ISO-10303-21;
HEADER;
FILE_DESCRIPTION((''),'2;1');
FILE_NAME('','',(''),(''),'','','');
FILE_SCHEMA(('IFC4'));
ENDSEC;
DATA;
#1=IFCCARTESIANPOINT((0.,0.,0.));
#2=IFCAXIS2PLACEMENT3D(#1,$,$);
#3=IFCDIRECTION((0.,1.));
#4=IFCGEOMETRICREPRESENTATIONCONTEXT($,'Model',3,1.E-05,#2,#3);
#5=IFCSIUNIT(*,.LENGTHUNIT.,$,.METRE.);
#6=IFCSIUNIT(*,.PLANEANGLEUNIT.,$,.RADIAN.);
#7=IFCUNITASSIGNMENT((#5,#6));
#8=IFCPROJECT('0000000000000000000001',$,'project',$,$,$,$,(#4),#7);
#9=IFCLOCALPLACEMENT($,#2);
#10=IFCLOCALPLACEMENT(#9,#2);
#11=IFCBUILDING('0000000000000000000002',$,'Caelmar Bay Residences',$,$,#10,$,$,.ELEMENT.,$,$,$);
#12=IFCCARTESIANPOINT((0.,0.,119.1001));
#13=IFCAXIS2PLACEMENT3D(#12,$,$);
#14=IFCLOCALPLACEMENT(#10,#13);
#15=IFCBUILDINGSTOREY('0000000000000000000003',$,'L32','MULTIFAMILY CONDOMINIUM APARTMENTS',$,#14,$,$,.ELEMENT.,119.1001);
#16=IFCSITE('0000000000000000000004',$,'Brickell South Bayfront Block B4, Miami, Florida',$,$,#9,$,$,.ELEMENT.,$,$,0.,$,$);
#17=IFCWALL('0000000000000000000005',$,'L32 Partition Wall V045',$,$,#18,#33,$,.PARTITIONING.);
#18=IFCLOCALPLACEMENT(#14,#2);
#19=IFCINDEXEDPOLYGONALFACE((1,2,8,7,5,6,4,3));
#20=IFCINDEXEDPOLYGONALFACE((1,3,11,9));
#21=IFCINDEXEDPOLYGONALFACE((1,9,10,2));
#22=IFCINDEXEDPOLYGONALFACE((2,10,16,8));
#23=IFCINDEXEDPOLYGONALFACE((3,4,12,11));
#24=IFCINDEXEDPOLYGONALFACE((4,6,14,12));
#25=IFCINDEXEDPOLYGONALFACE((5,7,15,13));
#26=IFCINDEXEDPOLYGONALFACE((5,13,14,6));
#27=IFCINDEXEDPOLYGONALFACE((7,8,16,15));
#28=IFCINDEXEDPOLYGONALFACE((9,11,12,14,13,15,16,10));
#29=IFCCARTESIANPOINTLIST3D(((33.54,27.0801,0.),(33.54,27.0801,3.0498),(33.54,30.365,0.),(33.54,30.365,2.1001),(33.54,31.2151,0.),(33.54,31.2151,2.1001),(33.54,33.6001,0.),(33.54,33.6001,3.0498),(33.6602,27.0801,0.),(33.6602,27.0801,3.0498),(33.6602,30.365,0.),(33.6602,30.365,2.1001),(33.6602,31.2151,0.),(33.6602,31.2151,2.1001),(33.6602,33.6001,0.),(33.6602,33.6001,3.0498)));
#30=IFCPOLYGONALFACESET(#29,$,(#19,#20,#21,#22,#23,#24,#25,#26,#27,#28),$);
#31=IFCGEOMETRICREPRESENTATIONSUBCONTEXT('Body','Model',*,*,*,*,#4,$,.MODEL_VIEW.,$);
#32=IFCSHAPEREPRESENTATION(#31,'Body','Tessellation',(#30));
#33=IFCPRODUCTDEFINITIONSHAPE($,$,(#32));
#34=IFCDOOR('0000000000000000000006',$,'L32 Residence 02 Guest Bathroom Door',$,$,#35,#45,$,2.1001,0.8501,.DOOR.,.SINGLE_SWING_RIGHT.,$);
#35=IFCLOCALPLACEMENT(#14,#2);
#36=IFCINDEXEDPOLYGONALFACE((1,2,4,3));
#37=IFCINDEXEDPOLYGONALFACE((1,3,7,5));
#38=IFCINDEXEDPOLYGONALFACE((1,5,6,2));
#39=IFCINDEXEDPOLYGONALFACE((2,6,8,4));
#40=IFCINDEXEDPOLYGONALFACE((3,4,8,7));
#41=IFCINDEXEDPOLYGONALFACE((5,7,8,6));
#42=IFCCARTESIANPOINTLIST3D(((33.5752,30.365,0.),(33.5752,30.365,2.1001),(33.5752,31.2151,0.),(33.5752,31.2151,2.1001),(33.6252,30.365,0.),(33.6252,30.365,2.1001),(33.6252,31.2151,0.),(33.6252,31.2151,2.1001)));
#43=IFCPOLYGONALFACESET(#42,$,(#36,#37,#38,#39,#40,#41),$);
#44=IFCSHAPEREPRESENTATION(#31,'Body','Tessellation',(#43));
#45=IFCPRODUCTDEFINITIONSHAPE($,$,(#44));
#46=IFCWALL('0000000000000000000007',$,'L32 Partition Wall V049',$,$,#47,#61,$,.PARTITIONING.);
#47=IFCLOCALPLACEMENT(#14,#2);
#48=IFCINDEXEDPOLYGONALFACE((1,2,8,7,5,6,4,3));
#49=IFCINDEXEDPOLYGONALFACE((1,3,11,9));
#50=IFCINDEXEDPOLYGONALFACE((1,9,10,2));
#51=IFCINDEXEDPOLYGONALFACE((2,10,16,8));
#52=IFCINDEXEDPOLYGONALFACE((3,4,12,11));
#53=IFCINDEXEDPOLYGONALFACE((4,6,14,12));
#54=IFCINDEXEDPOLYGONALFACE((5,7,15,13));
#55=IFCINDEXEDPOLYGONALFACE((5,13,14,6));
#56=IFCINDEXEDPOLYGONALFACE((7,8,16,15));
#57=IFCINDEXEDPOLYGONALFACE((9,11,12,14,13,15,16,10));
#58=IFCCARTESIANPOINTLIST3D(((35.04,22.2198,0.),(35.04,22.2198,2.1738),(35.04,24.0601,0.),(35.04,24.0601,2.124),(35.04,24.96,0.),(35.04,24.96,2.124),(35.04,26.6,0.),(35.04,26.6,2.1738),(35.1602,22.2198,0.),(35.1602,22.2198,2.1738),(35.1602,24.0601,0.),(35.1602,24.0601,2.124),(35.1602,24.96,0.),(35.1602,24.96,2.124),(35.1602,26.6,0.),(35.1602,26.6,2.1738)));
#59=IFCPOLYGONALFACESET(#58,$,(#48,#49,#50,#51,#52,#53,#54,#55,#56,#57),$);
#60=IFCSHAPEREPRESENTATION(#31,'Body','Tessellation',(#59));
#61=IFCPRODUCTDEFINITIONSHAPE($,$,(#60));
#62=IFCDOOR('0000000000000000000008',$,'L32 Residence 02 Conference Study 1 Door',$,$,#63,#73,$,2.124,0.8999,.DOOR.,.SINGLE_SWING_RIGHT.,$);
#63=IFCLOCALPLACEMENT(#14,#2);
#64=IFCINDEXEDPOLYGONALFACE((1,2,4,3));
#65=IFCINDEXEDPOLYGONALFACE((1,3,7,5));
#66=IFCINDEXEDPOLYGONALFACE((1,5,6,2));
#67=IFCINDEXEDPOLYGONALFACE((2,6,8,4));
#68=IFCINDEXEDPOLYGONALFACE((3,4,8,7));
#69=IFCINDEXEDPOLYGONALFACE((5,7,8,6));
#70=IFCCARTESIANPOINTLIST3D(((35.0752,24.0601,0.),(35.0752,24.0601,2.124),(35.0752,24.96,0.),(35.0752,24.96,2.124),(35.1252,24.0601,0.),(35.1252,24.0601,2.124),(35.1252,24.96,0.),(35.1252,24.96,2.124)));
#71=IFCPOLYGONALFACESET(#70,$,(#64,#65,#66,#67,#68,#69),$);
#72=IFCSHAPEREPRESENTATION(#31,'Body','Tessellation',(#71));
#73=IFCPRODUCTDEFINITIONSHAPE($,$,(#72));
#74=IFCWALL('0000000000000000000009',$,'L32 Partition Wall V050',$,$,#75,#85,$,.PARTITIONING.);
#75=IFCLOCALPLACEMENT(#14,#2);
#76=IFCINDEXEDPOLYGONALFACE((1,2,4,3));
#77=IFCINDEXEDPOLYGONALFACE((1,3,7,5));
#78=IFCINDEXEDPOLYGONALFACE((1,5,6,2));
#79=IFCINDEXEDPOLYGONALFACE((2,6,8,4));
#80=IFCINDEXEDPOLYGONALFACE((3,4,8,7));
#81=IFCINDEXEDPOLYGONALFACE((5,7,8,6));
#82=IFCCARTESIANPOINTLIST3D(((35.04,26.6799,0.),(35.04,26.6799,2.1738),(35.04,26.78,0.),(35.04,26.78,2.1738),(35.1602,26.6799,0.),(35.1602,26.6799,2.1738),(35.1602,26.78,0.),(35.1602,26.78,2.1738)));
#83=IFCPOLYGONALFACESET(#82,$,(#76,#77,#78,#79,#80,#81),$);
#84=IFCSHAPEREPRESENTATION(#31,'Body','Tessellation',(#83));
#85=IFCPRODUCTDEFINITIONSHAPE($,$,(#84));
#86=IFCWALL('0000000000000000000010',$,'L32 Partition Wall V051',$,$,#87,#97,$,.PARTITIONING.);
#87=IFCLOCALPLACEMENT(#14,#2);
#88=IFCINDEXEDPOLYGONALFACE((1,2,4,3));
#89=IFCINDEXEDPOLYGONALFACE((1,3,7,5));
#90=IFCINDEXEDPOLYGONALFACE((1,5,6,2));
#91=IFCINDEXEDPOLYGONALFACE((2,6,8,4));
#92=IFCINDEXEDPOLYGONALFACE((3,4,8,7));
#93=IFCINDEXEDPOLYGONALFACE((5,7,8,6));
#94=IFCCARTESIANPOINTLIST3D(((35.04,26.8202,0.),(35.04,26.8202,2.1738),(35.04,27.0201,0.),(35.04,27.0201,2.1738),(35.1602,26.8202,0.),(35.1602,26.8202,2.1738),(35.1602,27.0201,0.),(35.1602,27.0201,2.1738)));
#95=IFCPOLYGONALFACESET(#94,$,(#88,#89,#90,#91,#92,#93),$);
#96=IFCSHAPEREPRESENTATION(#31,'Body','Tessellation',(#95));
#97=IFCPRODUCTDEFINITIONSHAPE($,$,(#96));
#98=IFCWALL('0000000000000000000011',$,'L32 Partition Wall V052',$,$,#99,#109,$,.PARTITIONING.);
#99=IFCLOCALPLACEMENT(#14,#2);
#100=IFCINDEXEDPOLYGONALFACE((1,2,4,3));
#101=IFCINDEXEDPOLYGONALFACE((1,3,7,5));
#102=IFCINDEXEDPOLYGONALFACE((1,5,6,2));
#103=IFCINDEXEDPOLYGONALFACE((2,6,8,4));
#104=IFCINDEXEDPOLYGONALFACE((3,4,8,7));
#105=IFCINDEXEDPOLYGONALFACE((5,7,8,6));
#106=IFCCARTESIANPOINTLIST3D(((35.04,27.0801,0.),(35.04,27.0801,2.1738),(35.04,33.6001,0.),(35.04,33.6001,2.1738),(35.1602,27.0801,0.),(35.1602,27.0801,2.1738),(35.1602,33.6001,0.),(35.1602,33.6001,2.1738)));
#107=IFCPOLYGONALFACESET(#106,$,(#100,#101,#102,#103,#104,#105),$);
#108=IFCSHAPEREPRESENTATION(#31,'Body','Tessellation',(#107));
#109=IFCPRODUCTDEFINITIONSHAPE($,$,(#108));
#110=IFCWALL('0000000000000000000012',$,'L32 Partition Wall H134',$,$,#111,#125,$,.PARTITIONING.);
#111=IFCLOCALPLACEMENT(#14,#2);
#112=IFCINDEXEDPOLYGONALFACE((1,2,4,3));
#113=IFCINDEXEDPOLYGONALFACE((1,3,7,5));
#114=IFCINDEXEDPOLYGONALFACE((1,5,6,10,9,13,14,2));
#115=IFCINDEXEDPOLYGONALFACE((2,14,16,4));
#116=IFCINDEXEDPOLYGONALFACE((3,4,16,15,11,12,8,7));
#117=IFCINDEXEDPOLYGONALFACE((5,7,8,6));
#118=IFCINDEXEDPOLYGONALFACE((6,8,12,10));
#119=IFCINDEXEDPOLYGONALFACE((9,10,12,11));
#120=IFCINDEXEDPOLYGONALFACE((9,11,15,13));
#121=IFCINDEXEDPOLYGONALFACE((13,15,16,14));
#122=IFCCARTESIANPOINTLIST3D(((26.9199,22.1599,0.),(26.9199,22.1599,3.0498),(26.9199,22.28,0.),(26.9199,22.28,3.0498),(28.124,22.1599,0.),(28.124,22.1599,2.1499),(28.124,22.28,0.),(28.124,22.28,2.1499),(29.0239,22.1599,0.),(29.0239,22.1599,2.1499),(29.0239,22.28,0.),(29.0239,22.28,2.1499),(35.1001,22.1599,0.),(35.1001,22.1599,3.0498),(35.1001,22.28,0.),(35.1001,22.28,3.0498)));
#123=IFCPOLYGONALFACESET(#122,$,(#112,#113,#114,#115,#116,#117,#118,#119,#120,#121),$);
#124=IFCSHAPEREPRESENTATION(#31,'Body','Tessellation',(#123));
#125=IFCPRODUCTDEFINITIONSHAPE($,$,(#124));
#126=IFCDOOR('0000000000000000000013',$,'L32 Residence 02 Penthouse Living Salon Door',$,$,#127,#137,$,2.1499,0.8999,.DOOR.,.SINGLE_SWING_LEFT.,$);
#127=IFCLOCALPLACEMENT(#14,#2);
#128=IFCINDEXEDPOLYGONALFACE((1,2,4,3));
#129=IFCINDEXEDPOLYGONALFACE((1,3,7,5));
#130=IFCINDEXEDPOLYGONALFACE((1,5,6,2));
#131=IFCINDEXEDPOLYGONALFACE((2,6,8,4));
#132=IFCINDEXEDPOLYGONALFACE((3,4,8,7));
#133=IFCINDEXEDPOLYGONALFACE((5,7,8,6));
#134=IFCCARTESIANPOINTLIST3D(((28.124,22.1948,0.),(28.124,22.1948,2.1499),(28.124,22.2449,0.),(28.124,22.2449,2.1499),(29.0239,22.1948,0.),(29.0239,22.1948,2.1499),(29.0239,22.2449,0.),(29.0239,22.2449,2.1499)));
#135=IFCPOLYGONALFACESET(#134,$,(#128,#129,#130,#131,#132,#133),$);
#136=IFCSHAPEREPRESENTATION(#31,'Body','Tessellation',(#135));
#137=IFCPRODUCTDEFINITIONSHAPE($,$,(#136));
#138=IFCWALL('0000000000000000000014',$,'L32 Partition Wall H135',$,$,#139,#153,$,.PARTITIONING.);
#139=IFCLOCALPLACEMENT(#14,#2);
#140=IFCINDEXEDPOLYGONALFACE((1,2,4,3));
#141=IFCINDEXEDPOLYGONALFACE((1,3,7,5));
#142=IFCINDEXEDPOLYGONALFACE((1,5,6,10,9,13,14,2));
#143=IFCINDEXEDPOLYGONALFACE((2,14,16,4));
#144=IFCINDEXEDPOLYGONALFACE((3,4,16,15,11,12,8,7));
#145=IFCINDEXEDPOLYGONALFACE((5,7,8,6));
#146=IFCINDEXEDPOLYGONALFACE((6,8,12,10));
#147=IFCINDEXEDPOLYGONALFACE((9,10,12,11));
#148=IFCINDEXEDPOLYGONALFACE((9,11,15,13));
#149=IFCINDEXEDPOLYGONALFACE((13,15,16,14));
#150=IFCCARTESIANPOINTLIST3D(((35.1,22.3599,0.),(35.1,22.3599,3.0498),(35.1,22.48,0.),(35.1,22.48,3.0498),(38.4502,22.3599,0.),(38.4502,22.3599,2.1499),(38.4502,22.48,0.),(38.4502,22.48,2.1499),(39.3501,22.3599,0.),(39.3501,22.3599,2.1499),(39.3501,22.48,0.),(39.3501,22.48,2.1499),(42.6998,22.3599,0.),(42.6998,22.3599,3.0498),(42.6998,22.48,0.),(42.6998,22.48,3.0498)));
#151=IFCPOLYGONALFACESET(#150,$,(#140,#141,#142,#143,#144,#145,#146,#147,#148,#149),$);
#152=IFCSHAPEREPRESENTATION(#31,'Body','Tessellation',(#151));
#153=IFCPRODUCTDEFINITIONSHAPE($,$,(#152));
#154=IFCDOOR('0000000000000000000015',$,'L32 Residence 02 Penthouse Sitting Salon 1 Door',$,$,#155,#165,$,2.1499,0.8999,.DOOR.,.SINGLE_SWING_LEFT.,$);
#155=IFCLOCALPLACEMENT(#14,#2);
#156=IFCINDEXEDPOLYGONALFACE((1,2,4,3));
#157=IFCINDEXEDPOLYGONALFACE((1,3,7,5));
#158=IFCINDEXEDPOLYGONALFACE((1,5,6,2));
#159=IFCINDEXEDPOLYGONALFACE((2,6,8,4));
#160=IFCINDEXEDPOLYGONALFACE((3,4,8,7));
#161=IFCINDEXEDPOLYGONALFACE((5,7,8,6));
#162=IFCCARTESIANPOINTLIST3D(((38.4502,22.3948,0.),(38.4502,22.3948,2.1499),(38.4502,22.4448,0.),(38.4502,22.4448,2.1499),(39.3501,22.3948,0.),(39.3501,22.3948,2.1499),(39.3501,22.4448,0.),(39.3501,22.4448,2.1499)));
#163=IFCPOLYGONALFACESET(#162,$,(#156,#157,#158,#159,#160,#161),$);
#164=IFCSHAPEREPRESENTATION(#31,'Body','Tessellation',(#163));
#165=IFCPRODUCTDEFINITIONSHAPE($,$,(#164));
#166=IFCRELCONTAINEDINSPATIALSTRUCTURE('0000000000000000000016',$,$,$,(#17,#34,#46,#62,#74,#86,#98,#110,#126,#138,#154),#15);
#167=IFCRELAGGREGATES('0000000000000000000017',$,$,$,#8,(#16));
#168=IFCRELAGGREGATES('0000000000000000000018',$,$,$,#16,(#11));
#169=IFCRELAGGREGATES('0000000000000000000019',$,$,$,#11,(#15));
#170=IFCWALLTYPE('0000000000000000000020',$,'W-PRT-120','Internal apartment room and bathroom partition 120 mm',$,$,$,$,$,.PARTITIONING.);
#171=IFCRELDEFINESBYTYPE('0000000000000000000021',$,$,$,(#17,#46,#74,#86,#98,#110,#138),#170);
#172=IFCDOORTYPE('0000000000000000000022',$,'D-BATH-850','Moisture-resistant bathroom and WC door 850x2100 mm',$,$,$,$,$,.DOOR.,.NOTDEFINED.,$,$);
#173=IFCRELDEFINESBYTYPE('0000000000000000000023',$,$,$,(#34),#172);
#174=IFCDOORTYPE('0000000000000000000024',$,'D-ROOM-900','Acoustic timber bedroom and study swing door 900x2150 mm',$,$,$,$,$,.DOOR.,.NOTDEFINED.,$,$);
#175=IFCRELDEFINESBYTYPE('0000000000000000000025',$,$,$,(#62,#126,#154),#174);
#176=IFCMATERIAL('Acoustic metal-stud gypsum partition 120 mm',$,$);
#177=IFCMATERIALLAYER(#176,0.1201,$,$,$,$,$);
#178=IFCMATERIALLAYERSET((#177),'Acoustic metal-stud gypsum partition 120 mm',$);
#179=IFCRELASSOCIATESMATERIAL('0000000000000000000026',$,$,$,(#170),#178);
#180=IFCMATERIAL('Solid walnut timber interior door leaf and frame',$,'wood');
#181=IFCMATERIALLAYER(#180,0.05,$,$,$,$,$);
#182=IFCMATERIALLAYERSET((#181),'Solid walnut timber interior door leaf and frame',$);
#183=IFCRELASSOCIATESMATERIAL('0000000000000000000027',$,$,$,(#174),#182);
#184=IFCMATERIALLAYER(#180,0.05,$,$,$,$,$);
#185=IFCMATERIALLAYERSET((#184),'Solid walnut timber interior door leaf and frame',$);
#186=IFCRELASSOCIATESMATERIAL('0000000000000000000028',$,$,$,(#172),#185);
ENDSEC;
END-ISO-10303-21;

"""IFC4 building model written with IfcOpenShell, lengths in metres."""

from ifc_helpers import new_model, si_unit, direction, frame, frame_2d, origin, place, context, subcontext, project, spatial, rectangle, extrude, material, layer, layer_set, type_object, element, fill, save


model = new_model("IFC4")

# Units and contexts
model_context = context("Model", 3, precision=1e-05, world=origin(), true_north=direction((0.0, 1.0)))
body_context = subcontext(model_context, "Body", "Model", "MODEL_VIEW")
ifc_project = project(units=[si_unit("LENGTHUNIT", "METRE"), si_unit("PLANEANGLEUNIT", "RADIAN")], contexts=[model_context])

# Site, building, storey
site_placement = place(None, origin())
site = spatial("IfcSite", under=ifc_project, at=site_placement, Name="Brickell South Bayfront Block B4, Miami, Florida", CompositionType="ELEMENT", RefElevation=0.0)
building_placement = place(site_placement, origin())
building = spatial("IfcBuilding", under=site, at=building_placement, Name="Caelmar Bay Residences", CompositionType="ELEMENT")
storey_placement = place(building_placement, frame((0.0, 0.0, 119.1001)))
storey = spatial("IfcBuildingStorey", under=building, at=storey_placement, Name="L32", Description="MULTIFAMILY CONDOMINIUM APARTMENTS", CompositionType="ELEMENT", Elevation=119.1001)

# Shared definitions
ifc_material_1 = material(Name="Acoustic metal-stud gypsum partition 120 mm")
ifc_layer_1 = layer(ifc_material_1, 0.1201)
ifc_layer_set_1 = layer_set([ifc_layer_1], Name="Acoustic metal-stud gypsum partition 120 mm")
wall_type = type_object("IfcWallType", Name="W-PRT-120", Description="Internal apartment room and bathroom partition 120 mm", PredefinedType="PARTITIONING", material=ifc_layer_set_1)
ifc_material_2 = material(Name="Solid walnut timber interior door leaf and frame", Category="wood")
ifc_layer_2 = layer(ifc_material_2, 0.05)
ifc_layer_set_2 = layer_set([ifc_layer_2], Name="Solid walnut timber interior door leaf and frame")
door_type_1 = type_object("IfcDoorType", Name="D-ROOM-900", Description="Acoustic timber bedroom and study swing door 900x2150 mm", OperationType="NOTDEFINED", PredefinedType="DOOR", material=ifc_layer_set_2)

# Walls, openings, doors
wall_1_placement = place(storey_placement, frame((33.6001, 27.0801, 0.0), z_axis=(0.0, 0.0, 1.0), x_axis=(0.0, 1.0, 0.0)))
wall_1 = element("IfcWall", 1, at=wall_1_placement, inside=storey, type_object=wall_type, Name="L32 Partition Wall V045", PredefinedType="PARTITIONING", context=body_context, shape_type="SweptSolid", body=[
    extrude(rectangle(XDim=6.52, YDim=0.1201, at=frame_2d((3.26, 0.0))), origin(), (0.0, 0.0, 1.0), 3.0498),
])
opening_1_placement = place(wall_1_placement, frame((3.2849, 0.0, 0.0)))
opening_1 = element("IfcOpeningElement", 2, at=opening_1_placement, cuts=wall_1, PredefinedType="OPENING", context=body_context, shape_type="SweptSolid", body=[
    extrude(rectangle(XDim=0.8501, YDim=2.1001, at=frame_2d((0.425, 1.05))), frame((0.0, 0.0701, 0.0), z_axis=(0.0, -1.0, 0.0), x_axis=(1.0, 0.0, 0.0)), (0.0, 0.0, 1.0), 0.1401),
])
ifc_layer_3 = layer(ifc_material_2, 0.05)
ifc_layer_set_3 = layer_set([ifc_layer_3], Name="Solid walnut timber interior door leaf and frame")
door_type_2 = type_object("IfcDoorType", Name="D-BATH-850", Description="Moisture-resistant bathroom and WC door 850x2100 mm", OperationType="NOTDEFINED", PredefinedType="DOOR", material=ifc_layer_set_3)
door_1_placement = place(opening_1_placement, origin())
door_1 = element("IfcDoor", 3, at=door_1_placement, inside=storey, type_object=door_type_2, Name="L32 Residence 02 Guest Bathroom Door", OperationType="SINGLE_SWING_RIGHT", OverallHeight=2.1001, OverallWidth=0.8501, PredefinedType="DOOR", context=body_context, shape_type="SweptSolid", body=[
    extrude(rectangle(XDim=0.8501, YDim=2.1001, at=frame_2d((0.425, 1.05))), frame((0.0, 0.0249, 0.0), z_axis=(0.0, -1.0, 0.0), x_axis=(1.0, 0.0, 0.0)), (0.0, 0.0, 1.0), 0.05),
])
fill(opening_1, door_1)
wall_2_placement = place(storey_placement, frame((35.1001, 22.22, 0.0), z_axis=(0.0, 0.0, 1.0), x_axis=(0.0, 1.0, 0.0)))
wall_2 = element("IfcWall", 4, at=wall_2_placement, inside=storey, type_object=wall_type, Name="L32 Partition Wall V049", PredefinedType="PARTITIONING", context=body_context, shape_type="SweptSolid", body=[
    extrude(rectangle(XDim=4.3801, YDim=0.1201, at=frame_2d((2.1899, 0.0))), origin(), (0.0, 0.0, 1.0), 2.1738),
])
opening_2_placement = place(wall_2_placement, frame((1.8401, 0.0, 0.0)))
opening_2 = element("IfcOpeningElement", 5, at=opening_2_placement, cuts=wall_2, PredefinedType="OPENING", context=body_context, shape_type="SweptSolid", body=[
    extrude(rectangle(XDim=0.8999, YDim=2.124, at=frame_2d((0.45, 1.062))), frame((0.0, 0.0701, 0.0), z_axis=(0.0, -1.0, 0.0), x_axis=(1.0, 0.0, 0.0)), (0.0, 0.0, 1.0), 0.1401),
])
door_2_placement = place(opening_2_placement, origin())
door_2 = element("IfcDoor", 6, at=door_2_placement, inside=storey, type_object=door_type_1, Name="L32 Residence 02 Conference Study 1 Door", OperationType="SINGLE_SWING_RIGHT", OverallHeight=2.124, OverallWidth=0.8999, PredefinedType="DOOR", context=body_context, shape_type="SweptSolid", body=[
    extrude(rectangle(XDim=0.8999, YDim=2.124, at=frame_2d((0.45, 1.062))), frame((0.0, 0.0249, 0.0), z_axis=(0.0, -1.0, 0.0), x_axis=(1.0, 0.0, 0.0)), (0.0, 0.0, 1.0), 0.05),
])
fill(opening_2, door_2)

# Walls
wall_3_placement = place(storey_placement, frame((35.1001, 26.6799, 0.0), z_axis=(0.0, 0.0, 1.0), x_axis=(0.0, 1.0, 0.0)))
element("IfcWall", 7, at=wall_3_placement, inside=storey, type_object=wall_type, Name="L32 Partition Wall V050", PredefinedType="PARTITIONING", context=body_context, shape_type="SweptSolid", body=[
    extrude(rectangle(XDim=0.1001, YDim=0.1201, at=frame_2d((0.05, 0.0))), origin(), (0.0, 0.0, 1.0), 2.1738),
])
wall_4_placement = place(storey_placement, frame((35.1001, 26.8201, 0.0), z_axis=(0.0, 0.0, 1.0), x_axis=(0.0, 1.0, 0.0)))
element("IfcWall", 8, at=wall_4_placement, inside=storey, type_object=wall_type, Name="L32 Partition Wall V051", PredefinedType="PARTITIONING", context=body_context, shape_type="SweptSolid", body=[
    extrude(rectangle(XDim=0.2, YDim=0.1201, at=frame_2d((0.1001, 0.0))), origin(), (0.0, 0.0, 1.0), 2.1738),
])
wall_5_placement = place(storey_placement, frame((35.1001, 27.0801, 0.0), z_axis=(0.0, 0.0, 1.0), x_axis=(0.0, 1.0, 0.0)))
element("IfcWall", 9, at=wall_5_placement, inside=storey, type_object=wall_type, Name="L32 Partition Wall V052", PredefinedType="PARTITIONING", context=body_context, shape_type="SweptSolid", body=[
    extrude(rectangle(XDim=6.52, YDim=0.1201, at=frame_2d((3.26, 0.0))), origin(), (0.0, 0.0, 1.0), 2.1738),
])

# Walls, openings, doors
wall_6_placement = place(storey_placement, frame((26.9199, 22.22, 0.0), z_axis=(0.0, 0.0, 1.0), x_axis=(1.0, 0.0, 0.0)))
wall_6 = element("IfcWall", 10, at=wall_6_placement, inside=storey, type_object=wall_type, Name="L32 Partition Wall H134", PredefinedType="PARTITIONING", context=body_context, shape_type="SweptSolid", body=[
    extrude(rectangle(XDim=8.1802, YDim=0.1201, at=frame_2d((4.0901, 0.0))), origin(), (0.0, 0.0, 1.0), 3.0498),
])
opening_3_placement = place(wall_6_placement, frame((1.2041, 0.0, 0.0)))
opening_3 = element("IfcOpeningElement", 11, at=opening_3_placement, cuts=wall_6, PredefinedType="OPENING", context=body_context, shape_type="SweptSolid", body=[
    extrude(rectangle(XDim=0.8999, YDim=2.1499, at=frame_2d((0.45, 1.075))), frame((0.0, 0.0701, 0.0), z_axis=(0.0, -1.0, 0.0), x_axis=(1.0, 0.0, 0.0)), (0.0, 0.0, 1.0), 0.1401),
])
door_3_placement = place(opening_3_placement, origin())
door_3 = element("IfcDoor", 12, at=door_3_placement, inside=storey, type_object=door_type_1, Name="L32 Residence 02 Penthouse Living Salon Door", OperationType="SINGLE_SWING_LEFT", OverallHeight=2.1499, OverallWidth=0.8999, PredefinedType="DOOR", context=body_context, shape_type="SweptSolid", body=[
    extrude(rectangle(XDim=0.8999, YDim=2.1499, at=frame_2d((0.45, 1.075))), frame((0.0, 0.0249, 0.0), z_axis=(0.0, -1.0, 0.0), x_axis=(1.0, 0.0, 0.0)), (0.0, 0.0, 1.0), 0.05),
])
fill(opening_3, door_3)
wall_7_placement = place(storey_placement, frame((35.1001, 22.4199, 0.0), z_axis=(0.0, 0.0, 1.0), x_axis=(1.0, 0.0, 0.0)))
wall_7 = element("IfcWall", 13, at=wall_7_placement, inside=storey, type_object=wall_type, Name="L32 Partition Wall H135", PredefinedType="PARTITIONING", context=body_context, shape_type="SweptSolid", body=[
    extrude(rectangle(XDim=7.5999, YDim=0.1201, at=frame_2d((3.7998, 0.0))), origin(), (0.0, 0.0, 1.0), 3.0498),
])
opening_4_placement = place(wall_7_placement, frame((3.3501, 0.0, 0.0)))
opening_4 = element("IfcOpeningElement", 14, at=opening_4_placement, cuts=wall_7, PredefinedType="OPENING", context=body_context, shape_type="SweptSolid", body=[
    extrude(rectangle(XDim=0.8999, YDim=2.1499, at=frame_2d((0.45, 1.075))), frame((0.0, 0.0701, 0.0), z_axis=(0.0, -1.0, 0.0), x_axis=(1.0, 0.0, 0.0)), (0.0, 0.0, 1.0), 0.1401),
])
door_4_placement = place(opening_4_placement, origin())
door_4 = element("IfcDoor", 15, at=door_4_placement, inside=storey, type_object=door_type_1, Name="L32 Residence 02 Penthouse Sitting Salon 1 Door", OperationType="SINGLE_SWING_LEFT", OverallHeight=2.1499, OverallWidth=0.8999, PredefinedType="DOOR", context=body_context, shape_type="SweptSolid", body=[
    extrude(rectangle(XDim=0.8999, YDim=2.1499, at=frame_2d((0.45, 1.075))), frame((0.0, 0.0249, 0.0), z_axis=(0.0, -1.0, 0.0), x_axis=(1.0, 0.0, 0.0)), (0.0, 0.0, 1.0), 0.05),
])
fill(opening_4, door_4)

save(model, "model.ifc")
